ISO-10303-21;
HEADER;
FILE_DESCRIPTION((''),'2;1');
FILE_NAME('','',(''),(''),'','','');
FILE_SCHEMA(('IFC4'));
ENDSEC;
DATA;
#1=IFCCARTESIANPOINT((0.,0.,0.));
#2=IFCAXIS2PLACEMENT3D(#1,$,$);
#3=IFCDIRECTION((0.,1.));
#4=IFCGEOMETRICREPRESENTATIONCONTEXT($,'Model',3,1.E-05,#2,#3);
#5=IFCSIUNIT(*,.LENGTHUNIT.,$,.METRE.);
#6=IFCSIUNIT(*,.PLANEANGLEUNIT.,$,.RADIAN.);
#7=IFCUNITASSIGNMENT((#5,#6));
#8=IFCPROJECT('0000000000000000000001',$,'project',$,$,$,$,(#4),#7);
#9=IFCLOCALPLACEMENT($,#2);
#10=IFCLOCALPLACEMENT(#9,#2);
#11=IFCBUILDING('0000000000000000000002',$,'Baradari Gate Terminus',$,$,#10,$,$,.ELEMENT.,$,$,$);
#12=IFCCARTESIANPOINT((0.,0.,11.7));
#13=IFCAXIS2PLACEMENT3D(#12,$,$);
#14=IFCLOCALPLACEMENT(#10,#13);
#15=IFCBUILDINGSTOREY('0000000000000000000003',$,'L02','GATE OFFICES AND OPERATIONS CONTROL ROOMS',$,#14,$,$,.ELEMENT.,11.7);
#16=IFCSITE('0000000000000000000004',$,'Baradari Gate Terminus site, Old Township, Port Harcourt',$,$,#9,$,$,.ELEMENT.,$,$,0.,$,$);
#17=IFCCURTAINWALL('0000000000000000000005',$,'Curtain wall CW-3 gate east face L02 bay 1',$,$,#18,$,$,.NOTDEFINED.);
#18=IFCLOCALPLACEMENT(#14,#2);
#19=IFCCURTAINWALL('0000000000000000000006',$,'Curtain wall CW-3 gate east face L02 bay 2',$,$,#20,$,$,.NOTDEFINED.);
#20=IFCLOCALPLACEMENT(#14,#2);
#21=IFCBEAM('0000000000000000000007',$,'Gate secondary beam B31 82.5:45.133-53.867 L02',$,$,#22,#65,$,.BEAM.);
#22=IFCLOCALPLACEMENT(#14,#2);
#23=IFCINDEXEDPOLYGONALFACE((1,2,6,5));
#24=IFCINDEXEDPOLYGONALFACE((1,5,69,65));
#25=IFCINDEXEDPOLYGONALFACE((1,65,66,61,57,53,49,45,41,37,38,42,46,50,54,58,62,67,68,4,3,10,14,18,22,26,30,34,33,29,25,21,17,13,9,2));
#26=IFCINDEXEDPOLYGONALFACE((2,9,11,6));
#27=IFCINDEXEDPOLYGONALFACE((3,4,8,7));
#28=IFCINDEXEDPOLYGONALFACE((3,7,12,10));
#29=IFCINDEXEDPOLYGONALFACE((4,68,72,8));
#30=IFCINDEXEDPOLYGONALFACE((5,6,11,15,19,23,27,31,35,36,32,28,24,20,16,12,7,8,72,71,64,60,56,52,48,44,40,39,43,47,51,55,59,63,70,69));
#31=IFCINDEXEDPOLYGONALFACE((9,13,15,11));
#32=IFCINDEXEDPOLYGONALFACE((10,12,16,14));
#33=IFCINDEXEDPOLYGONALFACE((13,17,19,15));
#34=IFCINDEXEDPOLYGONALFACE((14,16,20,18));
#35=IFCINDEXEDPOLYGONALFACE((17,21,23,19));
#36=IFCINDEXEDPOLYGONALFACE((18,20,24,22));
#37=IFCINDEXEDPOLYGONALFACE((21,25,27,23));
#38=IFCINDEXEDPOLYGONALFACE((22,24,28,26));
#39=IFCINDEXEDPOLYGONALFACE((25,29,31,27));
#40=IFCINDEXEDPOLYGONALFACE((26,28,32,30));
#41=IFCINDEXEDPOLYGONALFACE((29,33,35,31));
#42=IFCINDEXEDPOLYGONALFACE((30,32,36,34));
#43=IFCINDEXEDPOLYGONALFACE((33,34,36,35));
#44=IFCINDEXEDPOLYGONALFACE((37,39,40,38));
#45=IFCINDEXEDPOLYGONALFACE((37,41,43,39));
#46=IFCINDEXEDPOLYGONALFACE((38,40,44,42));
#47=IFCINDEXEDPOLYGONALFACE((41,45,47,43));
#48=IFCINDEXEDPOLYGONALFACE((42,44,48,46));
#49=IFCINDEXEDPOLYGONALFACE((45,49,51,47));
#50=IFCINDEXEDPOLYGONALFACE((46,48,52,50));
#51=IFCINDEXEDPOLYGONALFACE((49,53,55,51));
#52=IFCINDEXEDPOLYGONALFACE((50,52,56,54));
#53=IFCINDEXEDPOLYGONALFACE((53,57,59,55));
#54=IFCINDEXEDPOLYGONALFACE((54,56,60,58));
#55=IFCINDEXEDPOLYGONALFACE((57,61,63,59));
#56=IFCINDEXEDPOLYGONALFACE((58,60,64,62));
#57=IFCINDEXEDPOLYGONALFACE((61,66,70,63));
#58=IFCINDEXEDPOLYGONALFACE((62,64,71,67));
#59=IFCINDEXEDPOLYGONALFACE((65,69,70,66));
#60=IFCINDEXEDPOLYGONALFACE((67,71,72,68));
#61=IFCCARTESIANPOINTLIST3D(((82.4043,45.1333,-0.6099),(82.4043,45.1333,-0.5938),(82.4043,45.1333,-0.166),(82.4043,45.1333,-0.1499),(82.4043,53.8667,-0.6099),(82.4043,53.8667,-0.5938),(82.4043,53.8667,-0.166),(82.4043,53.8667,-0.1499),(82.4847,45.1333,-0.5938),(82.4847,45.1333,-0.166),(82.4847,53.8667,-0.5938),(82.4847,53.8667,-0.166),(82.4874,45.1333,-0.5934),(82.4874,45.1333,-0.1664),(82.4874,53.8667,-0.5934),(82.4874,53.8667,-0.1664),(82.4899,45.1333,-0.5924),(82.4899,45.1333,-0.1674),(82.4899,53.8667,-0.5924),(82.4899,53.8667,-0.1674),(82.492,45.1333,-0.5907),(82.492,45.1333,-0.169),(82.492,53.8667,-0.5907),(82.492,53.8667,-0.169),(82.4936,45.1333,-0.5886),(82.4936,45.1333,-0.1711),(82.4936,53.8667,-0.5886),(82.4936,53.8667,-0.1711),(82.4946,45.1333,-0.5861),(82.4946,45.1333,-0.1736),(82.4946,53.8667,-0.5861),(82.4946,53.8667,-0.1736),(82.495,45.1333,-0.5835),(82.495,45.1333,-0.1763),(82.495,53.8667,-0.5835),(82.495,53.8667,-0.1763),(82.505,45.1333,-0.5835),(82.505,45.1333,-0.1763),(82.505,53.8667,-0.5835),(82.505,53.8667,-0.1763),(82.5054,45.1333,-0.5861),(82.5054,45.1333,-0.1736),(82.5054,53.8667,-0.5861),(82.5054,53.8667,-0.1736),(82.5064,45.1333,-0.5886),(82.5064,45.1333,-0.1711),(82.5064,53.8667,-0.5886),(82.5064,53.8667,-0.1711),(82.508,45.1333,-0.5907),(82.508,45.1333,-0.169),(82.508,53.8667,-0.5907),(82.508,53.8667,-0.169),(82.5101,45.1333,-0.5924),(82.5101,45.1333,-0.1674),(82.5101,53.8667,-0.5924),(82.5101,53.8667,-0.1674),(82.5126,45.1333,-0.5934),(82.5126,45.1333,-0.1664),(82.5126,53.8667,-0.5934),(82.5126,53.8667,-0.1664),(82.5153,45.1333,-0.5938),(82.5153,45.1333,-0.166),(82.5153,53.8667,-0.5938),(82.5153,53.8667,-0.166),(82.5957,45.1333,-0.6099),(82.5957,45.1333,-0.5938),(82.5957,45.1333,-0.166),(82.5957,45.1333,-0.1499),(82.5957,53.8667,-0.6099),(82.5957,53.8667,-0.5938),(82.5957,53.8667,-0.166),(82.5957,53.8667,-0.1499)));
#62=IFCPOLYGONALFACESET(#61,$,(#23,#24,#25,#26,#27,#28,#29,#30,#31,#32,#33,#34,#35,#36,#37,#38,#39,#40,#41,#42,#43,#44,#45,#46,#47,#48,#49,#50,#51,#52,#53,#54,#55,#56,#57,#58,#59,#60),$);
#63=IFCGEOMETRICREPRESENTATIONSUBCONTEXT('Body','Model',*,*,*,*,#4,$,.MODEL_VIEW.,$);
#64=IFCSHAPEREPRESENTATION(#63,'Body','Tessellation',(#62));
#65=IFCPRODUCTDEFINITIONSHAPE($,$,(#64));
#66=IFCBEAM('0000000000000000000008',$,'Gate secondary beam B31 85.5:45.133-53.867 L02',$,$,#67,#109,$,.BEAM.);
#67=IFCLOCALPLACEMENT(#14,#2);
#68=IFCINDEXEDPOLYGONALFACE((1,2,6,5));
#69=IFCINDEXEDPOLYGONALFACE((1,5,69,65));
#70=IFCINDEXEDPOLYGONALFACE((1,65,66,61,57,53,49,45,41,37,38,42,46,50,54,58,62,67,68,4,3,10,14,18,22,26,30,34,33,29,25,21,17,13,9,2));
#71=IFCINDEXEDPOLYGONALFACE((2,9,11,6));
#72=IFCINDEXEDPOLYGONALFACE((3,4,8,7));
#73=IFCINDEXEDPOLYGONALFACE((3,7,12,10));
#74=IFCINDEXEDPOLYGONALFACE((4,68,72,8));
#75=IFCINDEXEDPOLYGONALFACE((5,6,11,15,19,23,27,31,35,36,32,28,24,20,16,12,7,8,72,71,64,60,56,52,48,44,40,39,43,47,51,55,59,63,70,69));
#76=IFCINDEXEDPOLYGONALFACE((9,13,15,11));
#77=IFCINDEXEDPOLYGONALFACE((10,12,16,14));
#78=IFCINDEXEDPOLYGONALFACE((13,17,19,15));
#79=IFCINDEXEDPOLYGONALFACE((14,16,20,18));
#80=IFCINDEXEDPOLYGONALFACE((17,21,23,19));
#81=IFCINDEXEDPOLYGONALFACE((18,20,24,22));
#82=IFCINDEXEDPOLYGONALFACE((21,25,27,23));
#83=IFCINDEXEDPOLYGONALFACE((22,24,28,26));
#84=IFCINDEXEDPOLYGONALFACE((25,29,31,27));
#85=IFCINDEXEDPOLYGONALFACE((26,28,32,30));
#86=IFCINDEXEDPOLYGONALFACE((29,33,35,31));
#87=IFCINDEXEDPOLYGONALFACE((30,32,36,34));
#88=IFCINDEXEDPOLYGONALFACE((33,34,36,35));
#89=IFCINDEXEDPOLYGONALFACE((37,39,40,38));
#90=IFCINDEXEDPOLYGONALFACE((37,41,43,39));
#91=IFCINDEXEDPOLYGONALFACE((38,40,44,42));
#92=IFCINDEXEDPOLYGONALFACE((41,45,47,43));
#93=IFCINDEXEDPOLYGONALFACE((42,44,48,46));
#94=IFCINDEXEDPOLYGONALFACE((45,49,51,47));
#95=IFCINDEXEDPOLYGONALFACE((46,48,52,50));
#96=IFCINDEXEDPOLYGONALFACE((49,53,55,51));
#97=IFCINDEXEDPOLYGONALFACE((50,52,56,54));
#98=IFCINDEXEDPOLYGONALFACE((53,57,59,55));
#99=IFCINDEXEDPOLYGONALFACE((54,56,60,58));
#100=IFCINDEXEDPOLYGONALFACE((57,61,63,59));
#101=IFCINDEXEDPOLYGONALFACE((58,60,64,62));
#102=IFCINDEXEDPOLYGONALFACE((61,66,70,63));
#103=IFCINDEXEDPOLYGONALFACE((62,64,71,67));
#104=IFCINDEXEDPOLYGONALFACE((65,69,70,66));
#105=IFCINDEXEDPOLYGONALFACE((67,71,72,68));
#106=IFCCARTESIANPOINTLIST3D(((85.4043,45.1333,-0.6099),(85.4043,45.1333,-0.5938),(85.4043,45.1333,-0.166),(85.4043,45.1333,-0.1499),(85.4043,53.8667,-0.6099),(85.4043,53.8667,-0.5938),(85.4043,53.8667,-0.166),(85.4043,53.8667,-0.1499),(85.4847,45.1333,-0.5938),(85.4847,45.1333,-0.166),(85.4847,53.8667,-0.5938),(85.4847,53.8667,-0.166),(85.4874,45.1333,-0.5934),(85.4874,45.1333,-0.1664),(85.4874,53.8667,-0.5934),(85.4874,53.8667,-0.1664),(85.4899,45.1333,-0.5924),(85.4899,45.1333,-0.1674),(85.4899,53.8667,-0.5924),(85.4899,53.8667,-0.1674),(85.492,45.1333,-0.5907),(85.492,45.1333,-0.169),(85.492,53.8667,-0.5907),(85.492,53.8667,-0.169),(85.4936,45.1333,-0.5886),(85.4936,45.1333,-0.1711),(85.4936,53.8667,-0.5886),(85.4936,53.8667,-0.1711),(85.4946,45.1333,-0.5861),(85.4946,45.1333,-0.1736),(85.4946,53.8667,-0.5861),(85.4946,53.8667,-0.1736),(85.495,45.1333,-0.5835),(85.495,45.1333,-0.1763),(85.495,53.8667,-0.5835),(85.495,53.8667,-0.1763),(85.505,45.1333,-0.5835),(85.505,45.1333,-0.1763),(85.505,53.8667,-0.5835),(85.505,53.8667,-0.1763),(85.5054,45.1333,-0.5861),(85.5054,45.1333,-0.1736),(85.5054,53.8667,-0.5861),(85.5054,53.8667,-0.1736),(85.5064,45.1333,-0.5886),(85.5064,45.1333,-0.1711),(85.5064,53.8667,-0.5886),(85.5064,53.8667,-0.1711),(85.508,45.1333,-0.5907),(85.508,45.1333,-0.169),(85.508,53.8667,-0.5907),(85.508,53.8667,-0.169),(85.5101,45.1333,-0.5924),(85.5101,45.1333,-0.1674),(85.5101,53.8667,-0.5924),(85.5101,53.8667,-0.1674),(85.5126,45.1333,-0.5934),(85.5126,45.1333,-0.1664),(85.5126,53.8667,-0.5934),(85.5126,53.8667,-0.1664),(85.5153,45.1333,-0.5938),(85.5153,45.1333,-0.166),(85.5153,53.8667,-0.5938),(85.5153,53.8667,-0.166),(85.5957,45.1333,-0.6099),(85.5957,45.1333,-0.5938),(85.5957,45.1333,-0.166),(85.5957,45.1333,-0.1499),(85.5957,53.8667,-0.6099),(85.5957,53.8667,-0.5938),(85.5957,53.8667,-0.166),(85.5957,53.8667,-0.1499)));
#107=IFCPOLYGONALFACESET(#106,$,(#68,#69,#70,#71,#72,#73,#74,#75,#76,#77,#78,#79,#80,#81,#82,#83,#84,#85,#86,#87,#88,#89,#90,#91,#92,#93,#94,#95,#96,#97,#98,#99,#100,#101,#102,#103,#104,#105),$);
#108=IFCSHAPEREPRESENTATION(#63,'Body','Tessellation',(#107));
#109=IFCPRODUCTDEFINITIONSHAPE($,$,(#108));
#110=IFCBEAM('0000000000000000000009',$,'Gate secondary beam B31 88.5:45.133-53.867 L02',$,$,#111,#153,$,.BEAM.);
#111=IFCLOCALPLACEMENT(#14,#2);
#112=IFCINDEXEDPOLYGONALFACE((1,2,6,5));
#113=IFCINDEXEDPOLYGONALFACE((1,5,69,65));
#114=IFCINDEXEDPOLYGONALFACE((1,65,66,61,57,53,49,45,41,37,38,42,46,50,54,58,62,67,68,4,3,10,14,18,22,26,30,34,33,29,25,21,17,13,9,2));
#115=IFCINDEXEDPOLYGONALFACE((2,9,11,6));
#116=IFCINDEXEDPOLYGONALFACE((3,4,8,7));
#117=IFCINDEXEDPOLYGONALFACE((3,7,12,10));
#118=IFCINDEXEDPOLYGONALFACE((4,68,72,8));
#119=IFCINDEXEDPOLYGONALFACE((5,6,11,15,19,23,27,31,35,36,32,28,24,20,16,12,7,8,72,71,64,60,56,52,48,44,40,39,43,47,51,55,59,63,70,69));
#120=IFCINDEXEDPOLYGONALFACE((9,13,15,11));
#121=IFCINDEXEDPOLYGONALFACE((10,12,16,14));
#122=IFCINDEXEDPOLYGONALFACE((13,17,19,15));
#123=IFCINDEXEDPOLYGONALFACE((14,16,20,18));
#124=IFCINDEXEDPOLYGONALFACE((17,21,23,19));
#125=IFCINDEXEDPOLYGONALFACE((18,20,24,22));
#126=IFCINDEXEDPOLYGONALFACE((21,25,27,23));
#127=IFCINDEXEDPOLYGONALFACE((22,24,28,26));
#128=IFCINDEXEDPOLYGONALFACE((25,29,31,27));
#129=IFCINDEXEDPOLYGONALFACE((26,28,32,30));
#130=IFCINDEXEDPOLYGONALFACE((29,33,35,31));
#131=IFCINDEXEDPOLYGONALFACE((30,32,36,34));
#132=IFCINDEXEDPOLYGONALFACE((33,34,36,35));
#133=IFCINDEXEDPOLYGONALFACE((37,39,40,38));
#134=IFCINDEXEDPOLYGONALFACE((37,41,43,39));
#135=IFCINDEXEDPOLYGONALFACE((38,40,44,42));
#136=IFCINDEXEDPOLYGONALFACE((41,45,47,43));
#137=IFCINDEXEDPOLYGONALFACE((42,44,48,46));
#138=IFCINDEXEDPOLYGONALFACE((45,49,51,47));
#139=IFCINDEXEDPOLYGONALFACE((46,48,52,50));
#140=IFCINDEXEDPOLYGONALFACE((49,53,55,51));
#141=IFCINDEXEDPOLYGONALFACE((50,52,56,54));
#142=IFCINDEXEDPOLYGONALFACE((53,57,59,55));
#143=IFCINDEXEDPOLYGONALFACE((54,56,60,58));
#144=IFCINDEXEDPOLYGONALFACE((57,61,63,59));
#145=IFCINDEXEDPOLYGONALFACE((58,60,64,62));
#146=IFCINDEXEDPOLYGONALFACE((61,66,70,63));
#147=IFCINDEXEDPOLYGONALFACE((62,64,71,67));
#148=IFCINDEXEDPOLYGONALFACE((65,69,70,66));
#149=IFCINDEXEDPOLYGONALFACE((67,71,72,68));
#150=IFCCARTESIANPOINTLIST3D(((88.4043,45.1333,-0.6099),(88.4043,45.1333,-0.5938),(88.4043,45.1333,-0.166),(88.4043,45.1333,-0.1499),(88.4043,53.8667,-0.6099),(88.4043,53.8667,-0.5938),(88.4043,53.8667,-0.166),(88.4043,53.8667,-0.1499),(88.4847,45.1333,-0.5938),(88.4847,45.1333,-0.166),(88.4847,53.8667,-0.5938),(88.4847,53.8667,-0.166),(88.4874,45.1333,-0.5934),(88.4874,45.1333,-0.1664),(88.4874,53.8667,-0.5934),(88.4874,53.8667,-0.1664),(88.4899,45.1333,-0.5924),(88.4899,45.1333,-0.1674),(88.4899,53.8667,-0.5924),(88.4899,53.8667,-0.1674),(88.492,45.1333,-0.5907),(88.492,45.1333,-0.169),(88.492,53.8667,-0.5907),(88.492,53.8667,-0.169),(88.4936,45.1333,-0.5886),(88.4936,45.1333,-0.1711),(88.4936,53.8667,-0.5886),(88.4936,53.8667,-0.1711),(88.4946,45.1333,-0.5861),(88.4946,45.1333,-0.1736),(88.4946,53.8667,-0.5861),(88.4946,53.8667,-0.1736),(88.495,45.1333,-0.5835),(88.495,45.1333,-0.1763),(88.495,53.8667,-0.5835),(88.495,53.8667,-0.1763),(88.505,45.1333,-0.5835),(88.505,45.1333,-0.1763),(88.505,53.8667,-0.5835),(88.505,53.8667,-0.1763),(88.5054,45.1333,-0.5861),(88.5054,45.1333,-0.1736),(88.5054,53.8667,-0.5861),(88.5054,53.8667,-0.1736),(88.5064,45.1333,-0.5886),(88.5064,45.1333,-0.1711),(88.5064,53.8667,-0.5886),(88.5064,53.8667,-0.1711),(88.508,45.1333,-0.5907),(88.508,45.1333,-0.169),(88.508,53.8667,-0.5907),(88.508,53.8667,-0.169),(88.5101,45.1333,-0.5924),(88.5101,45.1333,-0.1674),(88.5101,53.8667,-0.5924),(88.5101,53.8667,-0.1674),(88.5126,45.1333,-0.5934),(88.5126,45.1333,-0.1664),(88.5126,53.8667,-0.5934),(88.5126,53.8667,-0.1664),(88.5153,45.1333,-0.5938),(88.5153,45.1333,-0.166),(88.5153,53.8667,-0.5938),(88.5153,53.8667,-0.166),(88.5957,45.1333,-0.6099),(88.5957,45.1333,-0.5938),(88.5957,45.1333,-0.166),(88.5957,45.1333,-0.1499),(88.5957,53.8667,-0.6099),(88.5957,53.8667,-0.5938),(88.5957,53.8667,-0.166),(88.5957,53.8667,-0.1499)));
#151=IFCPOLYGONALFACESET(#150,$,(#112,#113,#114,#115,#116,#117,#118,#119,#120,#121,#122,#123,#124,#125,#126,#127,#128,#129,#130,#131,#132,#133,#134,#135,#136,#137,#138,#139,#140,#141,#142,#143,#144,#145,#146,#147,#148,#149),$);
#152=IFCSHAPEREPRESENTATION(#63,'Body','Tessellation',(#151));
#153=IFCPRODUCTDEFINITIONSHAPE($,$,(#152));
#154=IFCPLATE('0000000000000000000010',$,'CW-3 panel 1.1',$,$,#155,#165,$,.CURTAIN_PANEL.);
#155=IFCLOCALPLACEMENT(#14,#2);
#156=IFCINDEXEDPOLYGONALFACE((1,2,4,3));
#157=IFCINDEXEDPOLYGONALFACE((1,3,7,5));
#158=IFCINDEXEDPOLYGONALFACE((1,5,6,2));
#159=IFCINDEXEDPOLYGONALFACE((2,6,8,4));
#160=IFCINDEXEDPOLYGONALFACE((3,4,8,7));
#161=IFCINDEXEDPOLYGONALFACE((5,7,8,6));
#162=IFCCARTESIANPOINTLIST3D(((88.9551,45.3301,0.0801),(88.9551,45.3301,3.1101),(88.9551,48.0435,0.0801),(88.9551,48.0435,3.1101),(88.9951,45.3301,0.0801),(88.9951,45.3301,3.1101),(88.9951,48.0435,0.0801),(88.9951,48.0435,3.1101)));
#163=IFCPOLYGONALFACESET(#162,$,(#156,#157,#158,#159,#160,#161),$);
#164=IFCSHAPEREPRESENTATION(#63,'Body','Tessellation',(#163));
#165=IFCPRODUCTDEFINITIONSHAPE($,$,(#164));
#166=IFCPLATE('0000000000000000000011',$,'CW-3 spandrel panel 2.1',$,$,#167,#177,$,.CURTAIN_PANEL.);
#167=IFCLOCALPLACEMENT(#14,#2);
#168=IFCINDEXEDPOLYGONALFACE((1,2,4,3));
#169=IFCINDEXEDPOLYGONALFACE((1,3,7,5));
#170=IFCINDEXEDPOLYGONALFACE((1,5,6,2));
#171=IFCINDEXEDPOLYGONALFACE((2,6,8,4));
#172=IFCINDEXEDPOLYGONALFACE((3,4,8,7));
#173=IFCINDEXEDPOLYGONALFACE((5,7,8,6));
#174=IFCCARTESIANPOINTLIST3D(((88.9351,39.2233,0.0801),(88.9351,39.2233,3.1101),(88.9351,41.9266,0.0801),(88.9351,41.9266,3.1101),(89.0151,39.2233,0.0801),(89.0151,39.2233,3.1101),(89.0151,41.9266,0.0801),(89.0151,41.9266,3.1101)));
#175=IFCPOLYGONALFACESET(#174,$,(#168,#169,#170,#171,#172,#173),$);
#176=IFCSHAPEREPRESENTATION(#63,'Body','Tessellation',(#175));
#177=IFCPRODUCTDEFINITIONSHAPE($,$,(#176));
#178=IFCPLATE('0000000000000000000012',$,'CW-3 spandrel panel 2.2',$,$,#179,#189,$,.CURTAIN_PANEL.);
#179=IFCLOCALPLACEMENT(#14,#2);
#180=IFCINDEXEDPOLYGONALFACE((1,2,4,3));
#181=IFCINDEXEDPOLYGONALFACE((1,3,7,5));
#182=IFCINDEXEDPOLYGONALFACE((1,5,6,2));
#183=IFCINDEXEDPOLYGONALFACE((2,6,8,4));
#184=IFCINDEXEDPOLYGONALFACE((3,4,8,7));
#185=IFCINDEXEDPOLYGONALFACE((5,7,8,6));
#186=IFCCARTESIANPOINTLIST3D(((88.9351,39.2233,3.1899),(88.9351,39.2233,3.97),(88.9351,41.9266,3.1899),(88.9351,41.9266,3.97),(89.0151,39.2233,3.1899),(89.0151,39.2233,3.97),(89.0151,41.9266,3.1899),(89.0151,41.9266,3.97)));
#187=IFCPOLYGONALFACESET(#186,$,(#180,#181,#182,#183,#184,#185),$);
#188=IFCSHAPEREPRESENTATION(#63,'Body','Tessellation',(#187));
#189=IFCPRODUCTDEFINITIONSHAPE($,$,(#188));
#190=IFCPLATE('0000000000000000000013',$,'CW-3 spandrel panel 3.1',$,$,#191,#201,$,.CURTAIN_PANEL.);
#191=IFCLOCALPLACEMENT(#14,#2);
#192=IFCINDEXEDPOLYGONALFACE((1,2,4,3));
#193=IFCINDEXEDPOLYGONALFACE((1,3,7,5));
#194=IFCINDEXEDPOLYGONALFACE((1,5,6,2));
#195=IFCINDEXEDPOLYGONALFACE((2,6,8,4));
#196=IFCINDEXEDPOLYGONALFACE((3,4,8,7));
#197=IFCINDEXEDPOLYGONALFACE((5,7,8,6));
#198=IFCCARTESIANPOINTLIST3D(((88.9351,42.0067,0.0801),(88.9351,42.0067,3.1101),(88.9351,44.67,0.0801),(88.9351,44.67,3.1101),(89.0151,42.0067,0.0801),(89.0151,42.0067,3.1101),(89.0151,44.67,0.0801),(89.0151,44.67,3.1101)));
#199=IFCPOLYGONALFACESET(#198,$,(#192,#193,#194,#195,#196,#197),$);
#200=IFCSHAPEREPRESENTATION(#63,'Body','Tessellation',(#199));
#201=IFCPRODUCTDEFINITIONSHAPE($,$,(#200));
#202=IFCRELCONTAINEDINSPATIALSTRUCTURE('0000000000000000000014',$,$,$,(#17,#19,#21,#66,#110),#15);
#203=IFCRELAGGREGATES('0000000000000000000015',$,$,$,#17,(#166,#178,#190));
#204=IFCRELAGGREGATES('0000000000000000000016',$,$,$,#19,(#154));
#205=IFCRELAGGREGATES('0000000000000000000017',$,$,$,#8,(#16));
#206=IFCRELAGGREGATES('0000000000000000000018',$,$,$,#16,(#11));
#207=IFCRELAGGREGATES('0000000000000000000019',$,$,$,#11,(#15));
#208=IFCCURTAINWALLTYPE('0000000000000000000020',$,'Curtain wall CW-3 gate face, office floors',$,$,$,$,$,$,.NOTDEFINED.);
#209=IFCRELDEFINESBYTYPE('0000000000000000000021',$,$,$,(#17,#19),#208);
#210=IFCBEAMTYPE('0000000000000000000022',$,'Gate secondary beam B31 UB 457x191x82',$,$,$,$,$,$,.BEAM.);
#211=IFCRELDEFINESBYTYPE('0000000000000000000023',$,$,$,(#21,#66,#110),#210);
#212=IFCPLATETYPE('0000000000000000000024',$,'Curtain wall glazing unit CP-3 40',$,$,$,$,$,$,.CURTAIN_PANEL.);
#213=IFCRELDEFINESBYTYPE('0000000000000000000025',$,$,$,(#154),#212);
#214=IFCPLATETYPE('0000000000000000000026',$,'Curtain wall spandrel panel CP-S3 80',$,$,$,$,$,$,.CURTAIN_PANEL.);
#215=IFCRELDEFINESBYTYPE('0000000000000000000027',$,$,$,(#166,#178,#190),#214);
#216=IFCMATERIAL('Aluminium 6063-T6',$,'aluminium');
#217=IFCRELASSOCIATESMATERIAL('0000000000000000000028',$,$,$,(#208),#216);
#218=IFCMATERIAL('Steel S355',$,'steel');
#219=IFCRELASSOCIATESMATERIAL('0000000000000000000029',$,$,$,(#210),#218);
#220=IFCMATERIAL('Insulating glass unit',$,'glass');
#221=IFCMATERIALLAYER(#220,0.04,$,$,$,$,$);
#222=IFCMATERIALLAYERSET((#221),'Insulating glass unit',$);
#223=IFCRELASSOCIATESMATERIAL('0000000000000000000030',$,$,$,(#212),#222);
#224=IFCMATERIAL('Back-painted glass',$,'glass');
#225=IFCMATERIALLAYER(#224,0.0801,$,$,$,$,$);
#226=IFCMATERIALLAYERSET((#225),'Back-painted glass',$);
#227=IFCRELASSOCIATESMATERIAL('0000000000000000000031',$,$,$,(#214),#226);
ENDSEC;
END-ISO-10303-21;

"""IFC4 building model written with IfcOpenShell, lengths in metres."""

from ifc_helpers import new_model, si_unit, direction, frame, origin, origin_2d, place, context, subcontext, project, spatial, rectangle, i_section, extrude, material, layer, layer_set, material_profile, profile_set, type_object, element, aggregate, save


model = new_model("IFC4")

# Units and contexts
model_context = context("Model", 3, precision=1e-05, world=origin(), true_north=direction((0.0, 1.0)))
body_context = subcontext(model_context, "Body", "Model", "MODEL_VIEW")
ifc_project = project(units=[si_unit("LENGTHUNIT", "METRE"), si_unit("PLANEANGLEUNIT", "RADIAN")], contexts=[model_context])

# Site, building, storey
site_placement = place(None, origin())
site = spatial("IfcSite", under=ifc_project, at=site_placement, Name="Baradari Gate Terminus site, Old Township, Port Harcourt", CompositionType="ELEMENT", RefElevation=0.0)
building_placement = place(site_placement, origin())
building = spatial("IfcBuilding", under=site, at=building_placement, Name="Baradari Gate Terminus", CompositionType="ELEMENT")
storey_placement = place(building_placement, frame((0.0, 0.0, 11.7)))
storey = spatial("IfcBuildingStorey", under=building, at=storey_placement, Name="L02", Description="GATE OFFICES AND OPERATIONS CONTROL ROOMS", CompositionType="ELEMENT", Elevation=11.7)

# Curtain walls
ifc_material_1 = material(Name="Aluminium 6063-T6", Category="aluminium")
curtain_wall_type = type_object("IfcCurtainWallType", Name="Curtain wall CW-3 gate face, office floors", PredefinedType="NOTDEFINED", material=ifc_material_1)
curtain_wall_1_placement = place(storey_placement, origin())
curtain_wall_1 = element("IfcCurtainWall", 1, at=curtain_wall_1_placement, inside=storey, type_object=curtain_wall_type, Name="Curtain wall CW-3 gate east face L02 bay 1", PredefinedType="NOTDEFINED")
curtain_wall_2_placement = place(storey_placement, origin())
curtain_wall_2 = element("IfcCurtainWall", 2, at=curtain_wall_2_placement, inside=storey, type_object=curtain_wall_type, Name="Curtain wall CW-3 gate east face L02 bay 2", PredefinedType="NOTDEFINED")

# Beams
ifc_material_2 = material(Name="Steel S355", Category="steel")
ifc_material_profile_1 = material_profile(ifc_material_2, i_section(OverallWidth=0.1914, OverallDepth=0.46, WebThickness=0.01, FlangeThickness=0.0161, FilletRadius=0.0103, at=origin_2d()), Name="UB 457x191x82")
ifc_profile_set_1 = profile_set([ifc_material_profile_1], Name="Steel S355")
beam_type = type_object("IfcBeamType", Name="Gate secondary beam B31 UB 457x191x82", PredefinedType="BEAM", material=ifc_profile_set_1)
for number, where, z_axis, x_axis, name in (
    (3, (82.5, 45.1333, -0.3799), (0.0, 1.0, 0.0), (-1.0, 0.0, 0.0), "Gate secondary beam B31 82.5:45.133-53.867 L02"),
    (4, (85.5, 45.1333, -0.3799), (0.0, 1.0, 0.0), (-1.0, 0.0, 0.0), "Gate secondary beam B31 85.5:45.133-53.867 L02"),
    (5, (88.5, 45.1333, -0.3799), (0.0, 1.0, 0.0), (-1.0, 0.0, 0.0), "Gate secondary beam B31 88.5:45.133-53.867 L02"),
):
    element("IfcBeam", number, at=place(storey_placement, frame(where, z_axis=z_axis, x_axis=x_axis)), inside=storey, type_object=beam_type, Name=name, PredefinedType="BEAM", context=body_context, shape_type="SweptSolid", body=[
        extrude(i_section(OverallWidth=0.1914, OverallDepth=0.46, WebThickness=0.01, FlangeThickness=0.0161, FilletRadius=0.0103, at=origin_2d()), origin(), (0.0, 0.0, 1.0), 8.7334),
    ])

# Plates
ifc_material_3 = material(Name="Insulating glass unit", Category="glass")
ifc_layer_1 = layer(ifc_material_3, 0.04)
ifc_layer_set_1 = layer_set([ifc_layer_1], Name="Insulating glass unit")
plate_type_1 = type_object("IfcPlateType", Name="Curtain wall glazing unit CP-3 40", PredefinedType="CURTAIN_PANEL", material=ifc_layer_set_1)
plate_1_placement = place(storey_placement, frame((88.9751, 46.6868, 0.0801), z_axis=(0.0, 0.0, 1.0), x_axis=(0.0, 1.0, 0.0)))
plate_1 = element("IfcPlate", 6, at=plate_1_placement, type_object=plate_type_1, Name="CW-3 panel 1.1", PredefinedType="CURTAIN_PANEL", context=body_context, shape_type="SweptSolid", body=[
    extrude(rectangle(XDim=2.7134, YDim=0.04, at=origin_2d()), origin(), (0.0, 0.0, 1.0), 3.03),
])
ifc_material_4 = material(Name="Back-painted glass", Category="glass")
ifc_layer_2 = layer(ifc_material_4, 0.0801)
ifc_layer_set_2 = layer_set([ifc_layer_2], Name="Back-painted glass")
plate_type_2 = type_object("IfcPlateType", Name="Curtain wall spandrel panel CP-S3 80", PredefinedType="CURTAIN_PANEL", material=ifc_layer_set_2)
plate_2_placement = place(storey_placement, frame((88.9751, 40.575, 0.0801), z_axis=(0.0, 0.0, 1.0), x_axis=(0.0, 1.0, 0.0)))
plate_2 = element("IfcPlate", 7, at=plate_2_placement, type_object=plate_type_2, Name="CW-3 spandrel panel 2.1", PredefinedType="CURTAIN_PANEL", context=body_context, shape_type="SweptSolid", body=[
    extrude(rectangle(XDim=2.7034, YDim=0.0801, at=origin_2d()), origin(), (0.0, 0.0, 1.0), 3.03),
])
plate_3_placement = place(storey_placement, frame((88.9751, 40.575, 3.1899), z_axis=(0.0, 0.0, 1.0), x_axis=(0.0, 1.0, 0.0)))
plate_3 = element("IfcPlate", 8, at=plate_3_placement, type_object=plate_type_2, Name="CW-3 spandrel panel 2.2", PredefinedType="CURTAIN_PANEL", context=body_context, shape_type="SweptSolid", body=[
    extrude(rectangle(XDim=2.7034, YDim=0.0801, at=origin_2d()), origin(), (0.0, 0.0, 1.0), 0.78),
])
plate_4_placement = place(storey_placement, frame((88.9751, 43.3384, 0.0801), z_axis=(0.0, 0.0, 1.0), x_axis=(0.0, 1.0, 0.0)))
plate_4 = element("IfcPlate", 9, at=plate_4_placement, type_object=plate_type_2, Name="CW-3 spandrel panel 3.1", PredefinedType="CURTAIN_PANEL", context=body_context, shape_type="SweptSolid", body=[
    extrude(rectangle(XDim=2.6633, YDim=0.0801, at=origin_2d()), origin(), (0.0, 0.0, 1.0), 3.03),
])
aggregate(curtain_wall_1, [plate_2, plate_3, plate_4])
aggregate(curtain_wall_2, [plate_1])

save(model, "model.ifc")
